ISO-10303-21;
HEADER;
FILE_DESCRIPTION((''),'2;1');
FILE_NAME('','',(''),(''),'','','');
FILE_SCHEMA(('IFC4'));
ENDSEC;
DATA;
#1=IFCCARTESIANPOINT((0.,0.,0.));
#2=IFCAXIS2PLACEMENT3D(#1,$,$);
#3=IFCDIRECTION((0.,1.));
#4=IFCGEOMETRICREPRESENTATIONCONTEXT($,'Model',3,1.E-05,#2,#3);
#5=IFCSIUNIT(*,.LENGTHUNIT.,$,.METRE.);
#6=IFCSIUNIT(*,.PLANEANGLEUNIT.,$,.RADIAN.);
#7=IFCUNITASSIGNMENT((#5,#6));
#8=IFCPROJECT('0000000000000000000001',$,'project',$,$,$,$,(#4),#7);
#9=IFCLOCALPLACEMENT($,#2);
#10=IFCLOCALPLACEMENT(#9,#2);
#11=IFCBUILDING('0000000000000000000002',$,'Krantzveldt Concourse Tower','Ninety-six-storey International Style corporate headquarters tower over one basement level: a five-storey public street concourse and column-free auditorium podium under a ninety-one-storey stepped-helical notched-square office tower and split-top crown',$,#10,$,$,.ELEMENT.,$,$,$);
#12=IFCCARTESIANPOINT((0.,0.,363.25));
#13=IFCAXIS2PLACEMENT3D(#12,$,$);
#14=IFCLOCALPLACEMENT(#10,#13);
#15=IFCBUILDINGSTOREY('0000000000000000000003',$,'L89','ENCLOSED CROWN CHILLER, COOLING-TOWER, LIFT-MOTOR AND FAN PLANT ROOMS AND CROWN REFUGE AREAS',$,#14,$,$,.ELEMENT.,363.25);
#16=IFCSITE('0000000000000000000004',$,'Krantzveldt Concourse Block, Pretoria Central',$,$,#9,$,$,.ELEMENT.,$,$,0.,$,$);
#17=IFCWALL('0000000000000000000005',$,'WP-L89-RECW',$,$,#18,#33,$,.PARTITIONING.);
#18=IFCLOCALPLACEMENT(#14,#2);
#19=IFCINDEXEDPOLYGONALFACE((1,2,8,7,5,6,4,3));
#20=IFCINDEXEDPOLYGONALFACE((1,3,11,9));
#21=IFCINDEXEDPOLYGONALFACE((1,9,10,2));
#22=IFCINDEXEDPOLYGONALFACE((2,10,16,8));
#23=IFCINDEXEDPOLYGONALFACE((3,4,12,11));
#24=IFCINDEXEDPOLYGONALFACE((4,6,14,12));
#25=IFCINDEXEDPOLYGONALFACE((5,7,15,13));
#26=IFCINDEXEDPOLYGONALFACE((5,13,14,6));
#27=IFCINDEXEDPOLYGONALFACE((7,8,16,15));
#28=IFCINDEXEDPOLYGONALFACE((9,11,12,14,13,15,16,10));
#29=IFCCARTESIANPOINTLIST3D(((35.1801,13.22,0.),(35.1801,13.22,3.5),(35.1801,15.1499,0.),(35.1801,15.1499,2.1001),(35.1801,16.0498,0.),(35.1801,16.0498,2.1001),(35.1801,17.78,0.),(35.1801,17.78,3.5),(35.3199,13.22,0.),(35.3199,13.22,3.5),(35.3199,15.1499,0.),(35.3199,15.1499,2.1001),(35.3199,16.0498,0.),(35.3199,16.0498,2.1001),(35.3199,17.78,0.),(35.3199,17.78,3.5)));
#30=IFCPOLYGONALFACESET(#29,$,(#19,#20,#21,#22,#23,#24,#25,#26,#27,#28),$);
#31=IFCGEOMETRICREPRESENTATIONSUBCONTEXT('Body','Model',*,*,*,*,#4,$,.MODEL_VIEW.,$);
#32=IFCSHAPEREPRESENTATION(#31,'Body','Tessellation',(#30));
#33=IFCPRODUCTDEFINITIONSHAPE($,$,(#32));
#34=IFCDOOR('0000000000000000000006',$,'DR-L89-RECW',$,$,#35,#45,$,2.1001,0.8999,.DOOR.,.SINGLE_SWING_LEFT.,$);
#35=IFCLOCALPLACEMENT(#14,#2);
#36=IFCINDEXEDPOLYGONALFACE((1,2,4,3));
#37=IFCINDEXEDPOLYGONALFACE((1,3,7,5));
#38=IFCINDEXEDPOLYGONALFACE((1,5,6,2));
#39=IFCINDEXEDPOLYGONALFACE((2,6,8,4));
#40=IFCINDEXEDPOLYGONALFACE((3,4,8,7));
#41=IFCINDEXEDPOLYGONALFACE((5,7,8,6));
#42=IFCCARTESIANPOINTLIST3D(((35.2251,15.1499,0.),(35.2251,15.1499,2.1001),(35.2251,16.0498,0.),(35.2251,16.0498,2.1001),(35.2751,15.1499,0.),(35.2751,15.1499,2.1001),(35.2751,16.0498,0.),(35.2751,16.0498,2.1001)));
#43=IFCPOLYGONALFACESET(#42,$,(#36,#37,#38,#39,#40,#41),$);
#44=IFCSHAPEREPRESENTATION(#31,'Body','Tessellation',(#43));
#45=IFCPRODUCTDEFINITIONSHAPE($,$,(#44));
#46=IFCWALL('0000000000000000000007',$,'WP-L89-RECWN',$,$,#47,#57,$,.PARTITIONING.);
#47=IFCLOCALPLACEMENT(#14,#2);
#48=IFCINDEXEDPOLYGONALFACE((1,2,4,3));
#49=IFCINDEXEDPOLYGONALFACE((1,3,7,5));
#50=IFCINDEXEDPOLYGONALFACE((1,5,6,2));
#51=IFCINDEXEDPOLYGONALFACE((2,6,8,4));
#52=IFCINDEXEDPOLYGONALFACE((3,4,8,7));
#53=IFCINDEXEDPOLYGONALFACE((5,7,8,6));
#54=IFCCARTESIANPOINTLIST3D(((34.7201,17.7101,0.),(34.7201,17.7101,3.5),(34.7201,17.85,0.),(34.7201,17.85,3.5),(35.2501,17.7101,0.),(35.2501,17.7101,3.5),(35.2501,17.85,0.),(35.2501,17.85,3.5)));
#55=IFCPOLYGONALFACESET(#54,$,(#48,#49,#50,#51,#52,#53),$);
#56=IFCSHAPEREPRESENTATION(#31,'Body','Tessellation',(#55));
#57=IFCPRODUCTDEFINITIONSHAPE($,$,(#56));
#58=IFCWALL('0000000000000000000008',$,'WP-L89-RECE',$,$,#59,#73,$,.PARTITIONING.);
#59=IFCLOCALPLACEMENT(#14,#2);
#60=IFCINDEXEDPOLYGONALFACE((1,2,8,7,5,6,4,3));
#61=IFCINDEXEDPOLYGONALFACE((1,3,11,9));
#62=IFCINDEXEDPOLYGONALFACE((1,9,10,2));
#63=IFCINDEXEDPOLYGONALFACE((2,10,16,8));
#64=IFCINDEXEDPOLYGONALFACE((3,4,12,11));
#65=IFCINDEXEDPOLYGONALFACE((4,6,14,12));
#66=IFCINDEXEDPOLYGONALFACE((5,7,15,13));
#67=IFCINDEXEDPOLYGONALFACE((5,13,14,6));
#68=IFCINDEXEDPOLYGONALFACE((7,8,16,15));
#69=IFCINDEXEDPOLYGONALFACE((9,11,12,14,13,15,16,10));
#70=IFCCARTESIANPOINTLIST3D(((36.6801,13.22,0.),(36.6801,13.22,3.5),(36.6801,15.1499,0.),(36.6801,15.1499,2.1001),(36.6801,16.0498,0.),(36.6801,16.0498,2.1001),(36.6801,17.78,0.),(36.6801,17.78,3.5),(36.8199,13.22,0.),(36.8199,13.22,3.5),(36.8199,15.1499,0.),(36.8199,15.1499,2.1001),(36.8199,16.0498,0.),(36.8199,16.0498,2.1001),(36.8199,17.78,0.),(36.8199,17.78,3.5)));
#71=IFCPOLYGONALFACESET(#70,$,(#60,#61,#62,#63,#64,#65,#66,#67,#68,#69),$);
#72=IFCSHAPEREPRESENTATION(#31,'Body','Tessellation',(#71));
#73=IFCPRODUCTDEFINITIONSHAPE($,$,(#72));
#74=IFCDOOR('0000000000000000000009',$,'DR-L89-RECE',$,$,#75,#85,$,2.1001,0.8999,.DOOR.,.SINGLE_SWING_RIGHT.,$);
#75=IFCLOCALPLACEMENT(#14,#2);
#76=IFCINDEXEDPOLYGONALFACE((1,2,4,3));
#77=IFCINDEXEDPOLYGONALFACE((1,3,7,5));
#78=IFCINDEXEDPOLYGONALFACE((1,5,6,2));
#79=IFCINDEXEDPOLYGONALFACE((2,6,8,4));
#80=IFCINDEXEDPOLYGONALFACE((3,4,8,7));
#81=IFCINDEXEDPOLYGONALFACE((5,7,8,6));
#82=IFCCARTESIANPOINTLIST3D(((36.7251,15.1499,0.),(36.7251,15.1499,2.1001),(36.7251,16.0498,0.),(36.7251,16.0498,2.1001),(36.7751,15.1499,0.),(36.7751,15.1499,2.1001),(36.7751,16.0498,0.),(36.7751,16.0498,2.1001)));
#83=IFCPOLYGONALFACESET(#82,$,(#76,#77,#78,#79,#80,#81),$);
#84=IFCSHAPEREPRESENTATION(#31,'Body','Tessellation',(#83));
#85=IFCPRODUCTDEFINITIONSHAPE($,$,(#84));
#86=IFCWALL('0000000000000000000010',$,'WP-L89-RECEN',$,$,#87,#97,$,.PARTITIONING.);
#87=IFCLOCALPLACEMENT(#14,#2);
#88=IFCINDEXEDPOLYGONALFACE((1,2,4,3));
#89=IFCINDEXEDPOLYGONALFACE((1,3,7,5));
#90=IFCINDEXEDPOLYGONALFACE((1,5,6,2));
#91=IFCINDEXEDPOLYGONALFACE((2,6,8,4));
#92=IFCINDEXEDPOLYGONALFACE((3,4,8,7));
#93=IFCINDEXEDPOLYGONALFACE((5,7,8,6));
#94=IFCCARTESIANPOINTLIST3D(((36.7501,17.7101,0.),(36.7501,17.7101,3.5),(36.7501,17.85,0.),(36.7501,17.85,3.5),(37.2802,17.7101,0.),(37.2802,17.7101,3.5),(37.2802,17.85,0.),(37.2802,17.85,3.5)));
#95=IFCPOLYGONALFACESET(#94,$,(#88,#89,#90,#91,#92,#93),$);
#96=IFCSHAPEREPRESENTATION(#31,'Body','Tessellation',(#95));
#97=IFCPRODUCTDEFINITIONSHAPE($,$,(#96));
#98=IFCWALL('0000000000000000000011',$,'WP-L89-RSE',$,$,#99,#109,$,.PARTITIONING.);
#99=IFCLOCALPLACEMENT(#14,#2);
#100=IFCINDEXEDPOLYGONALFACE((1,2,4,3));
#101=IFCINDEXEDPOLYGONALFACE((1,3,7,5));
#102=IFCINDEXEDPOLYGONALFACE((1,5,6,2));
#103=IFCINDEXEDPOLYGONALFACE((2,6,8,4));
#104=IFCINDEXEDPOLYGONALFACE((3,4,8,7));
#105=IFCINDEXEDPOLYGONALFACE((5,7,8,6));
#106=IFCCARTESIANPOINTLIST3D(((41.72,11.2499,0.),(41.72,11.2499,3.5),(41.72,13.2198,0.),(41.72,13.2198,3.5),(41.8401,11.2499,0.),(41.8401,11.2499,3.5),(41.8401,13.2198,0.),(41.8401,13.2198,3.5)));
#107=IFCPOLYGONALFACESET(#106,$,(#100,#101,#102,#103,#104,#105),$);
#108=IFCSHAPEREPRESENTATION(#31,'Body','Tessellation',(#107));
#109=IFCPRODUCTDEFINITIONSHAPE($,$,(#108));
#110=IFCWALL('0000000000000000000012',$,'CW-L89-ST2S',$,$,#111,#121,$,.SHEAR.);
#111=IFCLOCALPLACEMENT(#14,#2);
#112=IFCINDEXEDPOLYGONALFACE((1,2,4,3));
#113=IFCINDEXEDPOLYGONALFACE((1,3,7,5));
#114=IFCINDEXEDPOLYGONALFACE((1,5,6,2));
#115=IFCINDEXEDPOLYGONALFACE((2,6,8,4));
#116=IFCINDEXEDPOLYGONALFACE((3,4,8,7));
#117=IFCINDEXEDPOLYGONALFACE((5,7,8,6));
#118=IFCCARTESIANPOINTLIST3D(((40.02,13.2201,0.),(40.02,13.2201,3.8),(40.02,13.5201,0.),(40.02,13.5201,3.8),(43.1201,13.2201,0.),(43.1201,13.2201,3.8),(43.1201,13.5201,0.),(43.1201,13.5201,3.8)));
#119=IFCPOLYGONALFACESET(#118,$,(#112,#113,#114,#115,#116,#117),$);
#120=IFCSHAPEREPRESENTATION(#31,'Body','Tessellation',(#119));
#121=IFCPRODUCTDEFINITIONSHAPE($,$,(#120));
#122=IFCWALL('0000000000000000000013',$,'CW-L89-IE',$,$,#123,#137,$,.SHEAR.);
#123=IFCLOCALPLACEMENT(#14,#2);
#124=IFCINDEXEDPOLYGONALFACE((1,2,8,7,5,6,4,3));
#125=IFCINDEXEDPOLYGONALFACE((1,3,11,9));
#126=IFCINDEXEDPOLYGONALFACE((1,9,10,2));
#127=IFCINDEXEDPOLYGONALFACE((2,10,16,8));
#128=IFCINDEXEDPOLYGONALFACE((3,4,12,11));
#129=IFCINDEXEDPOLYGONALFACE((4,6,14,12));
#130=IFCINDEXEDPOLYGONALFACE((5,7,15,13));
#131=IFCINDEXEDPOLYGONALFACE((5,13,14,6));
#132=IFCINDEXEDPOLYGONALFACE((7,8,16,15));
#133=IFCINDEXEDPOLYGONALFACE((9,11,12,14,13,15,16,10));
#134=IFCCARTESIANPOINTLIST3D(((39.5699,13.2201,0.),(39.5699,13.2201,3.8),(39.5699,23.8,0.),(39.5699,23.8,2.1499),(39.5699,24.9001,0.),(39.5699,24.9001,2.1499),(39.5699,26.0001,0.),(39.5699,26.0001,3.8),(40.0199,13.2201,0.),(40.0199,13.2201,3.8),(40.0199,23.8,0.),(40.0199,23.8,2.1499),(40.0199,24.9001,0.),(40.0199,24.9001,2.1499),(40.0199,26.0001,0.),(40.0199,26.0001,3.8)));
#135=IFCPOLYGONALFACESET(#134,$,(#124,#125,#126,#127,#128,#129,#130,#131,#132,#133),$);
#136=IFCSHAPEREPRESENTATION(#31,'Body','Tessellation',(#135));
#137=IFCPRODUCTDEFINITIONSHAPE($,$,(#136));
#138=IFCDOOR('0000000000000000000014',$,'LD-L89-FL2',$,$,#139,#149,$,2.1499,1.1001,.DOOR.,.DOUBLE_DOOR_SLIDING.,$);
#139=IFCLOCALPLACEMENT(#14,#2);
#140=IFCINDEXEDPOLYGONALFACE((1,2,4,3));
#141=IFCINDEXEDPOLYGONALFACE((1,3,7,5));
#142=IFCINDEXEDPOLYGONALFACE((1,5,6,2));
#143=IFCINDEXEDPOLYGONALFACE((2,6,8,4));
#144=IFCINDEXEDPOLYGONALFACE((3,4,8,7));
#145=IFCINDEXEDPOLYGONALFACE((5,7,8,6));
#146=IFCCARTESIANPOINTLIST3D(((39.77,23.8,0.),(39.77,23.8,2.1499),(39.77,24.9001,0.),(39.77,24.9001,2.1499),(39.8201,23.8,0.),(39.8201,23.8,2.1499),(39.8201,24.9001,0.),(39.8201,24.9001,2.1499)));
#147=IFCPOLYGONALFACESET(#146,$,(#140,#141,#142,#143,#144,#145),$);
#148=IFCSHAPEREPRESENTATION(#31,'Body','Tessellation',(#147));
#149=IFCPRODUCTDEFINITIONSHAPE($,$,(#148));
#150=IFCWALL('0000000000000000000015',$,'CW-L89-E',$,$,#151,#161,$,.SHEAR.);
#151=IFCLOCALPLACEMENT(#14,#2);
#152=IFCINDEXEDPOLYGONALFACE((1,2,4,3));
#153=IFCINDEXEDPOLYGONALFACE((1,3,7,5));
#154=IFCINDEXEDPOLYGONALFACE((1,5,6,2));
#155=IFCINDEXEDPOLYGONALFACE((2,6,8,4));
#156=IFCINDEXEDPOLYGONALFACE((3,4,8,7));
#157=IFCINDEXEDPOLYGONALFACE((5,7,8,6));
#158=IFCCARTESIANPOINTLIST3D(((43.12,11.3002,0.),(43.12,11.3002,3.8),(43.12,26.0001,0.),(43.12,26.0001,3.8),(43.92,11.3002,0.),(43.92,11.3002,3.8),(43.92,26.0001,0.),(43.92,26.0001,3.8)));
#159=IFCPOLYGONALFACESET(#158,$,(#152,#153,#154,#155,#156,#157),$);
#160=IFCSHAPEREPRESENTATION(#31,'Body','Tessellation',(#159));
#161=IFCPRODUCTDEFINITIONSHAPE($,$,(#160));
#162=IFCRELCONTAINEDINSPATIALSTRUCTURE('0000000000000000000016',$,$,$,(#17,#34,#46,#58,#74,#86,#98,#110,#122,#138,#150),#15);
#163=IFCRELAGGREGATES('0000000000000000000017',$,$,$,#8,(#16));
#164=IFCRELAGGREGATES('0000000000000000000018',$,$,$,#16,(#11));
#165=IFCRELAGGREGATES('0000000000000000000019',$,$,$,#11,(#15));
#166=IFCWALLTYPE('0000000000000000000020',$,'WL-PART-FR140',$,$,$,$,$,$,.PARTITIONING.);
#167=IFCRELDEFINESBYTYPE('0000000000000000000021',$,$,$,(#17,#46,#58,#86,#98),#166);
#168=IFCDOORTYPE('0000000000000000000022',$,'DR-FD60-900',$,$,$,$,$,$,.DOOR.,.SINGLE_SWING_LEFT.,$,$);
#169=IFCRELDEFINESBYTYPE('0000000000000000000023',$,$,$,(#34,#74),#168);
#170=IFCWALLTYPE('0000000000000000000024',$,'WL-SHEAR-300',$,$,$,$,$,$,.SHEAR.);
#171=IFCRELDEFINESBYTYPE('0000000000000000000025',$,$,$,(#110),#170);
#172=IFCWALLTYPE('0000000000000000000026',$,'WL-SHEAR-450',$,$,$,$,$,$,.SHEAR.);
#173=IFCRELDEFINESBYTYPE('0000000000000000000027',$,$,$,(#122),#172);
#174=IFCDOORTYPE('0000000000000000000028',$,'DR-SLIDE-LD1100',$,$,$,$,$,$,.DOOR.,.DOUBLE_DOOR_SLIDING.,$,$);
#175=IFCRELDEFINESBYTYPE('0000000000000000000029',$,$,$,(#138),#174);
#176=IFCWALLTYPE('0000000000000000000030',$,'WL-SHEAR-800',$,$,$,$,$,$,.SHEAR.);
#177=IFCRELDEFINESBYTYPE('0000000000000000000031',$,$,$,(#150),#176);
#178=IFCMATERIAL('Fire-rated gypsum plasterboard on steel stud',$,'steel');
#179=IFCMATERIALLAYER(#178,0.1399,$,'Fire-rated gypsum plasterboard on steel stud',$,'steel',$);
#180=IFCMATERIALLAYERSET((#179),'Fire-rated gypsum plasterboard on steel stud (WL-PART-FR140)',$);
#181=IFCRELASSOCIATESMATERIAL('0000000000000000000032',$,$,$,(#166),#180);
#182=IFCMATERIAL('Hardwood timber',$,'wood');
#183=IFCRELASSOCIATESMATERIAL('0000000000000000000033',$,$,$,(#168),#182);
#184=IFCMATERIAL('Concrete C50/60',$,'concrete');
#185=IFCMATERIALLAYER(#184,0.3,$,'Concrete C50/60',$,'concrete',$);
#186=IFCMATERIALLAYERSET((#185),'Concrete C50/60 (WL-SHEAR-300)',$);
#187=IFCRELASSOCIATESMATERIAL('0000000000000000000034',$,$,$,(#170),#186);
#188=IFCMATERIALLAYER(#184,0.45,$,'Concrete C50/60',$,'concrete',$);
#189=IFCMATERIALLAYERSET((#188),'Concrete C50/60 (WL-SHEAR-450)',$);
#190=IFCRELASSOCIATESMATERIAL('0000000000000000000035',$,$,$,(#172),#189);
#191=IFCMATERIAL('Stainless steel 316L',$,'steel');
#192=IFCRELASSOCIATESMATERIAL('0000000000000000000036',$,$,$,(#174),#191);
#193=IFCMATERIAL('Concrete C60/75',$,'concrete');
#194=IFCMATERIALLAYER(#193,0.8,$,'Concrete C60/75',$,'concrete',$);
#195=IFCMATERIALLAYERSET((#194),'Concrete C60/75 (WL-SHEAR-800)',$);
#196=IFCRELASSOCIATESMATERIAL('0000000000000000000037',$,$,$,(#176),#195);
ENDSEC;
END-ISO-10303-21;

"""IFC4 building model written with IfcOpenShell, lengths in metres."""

from ifc_helpers import new_model, si_unit, direction, frame, frame_2d, origin, place, context, subcontext, project, spatial, rectangle, extrude, material, layer, layer_set, type_object, element, fill, save


model = new_model("IFC4")

# Units and contexts
model_context = context("Model", 3, precision=1e-05, world=origin(), true_north=direction((0.0, 1.0)))
body_context = subcontext(model_context, "Body", "Model", "MODEL_VIEW")
ifc_project = project(units=[si_unit("LENGTHUNIT", "METRE"), si_unit("PLANEANGLEUNIT", "RADIAN")], contexts=[model_context])

# Site, building, storey
site_placement = place(None, origin())
site = spatial("IfcSite", under=ifc_project, at=site_placement, Name="Krantzveldt Concourse Block, Pretoria Central", CompositionType="ELEMENT", RefElevation=0.0)
building_placement = place(site_placement, origin())
building = spatial("IfcBuilding", under=site, at=building_placement, Name="Krantzveldt Concourse Tower", Description="Ninety-six-storey International Style corporate headquarters tower over one basement level: a five-storey public street concourse and column-free auditorium podium under a ninety-one-storey stepped-helical notched-square office tower and split-top crown", CompositionType="ELEMENT")
storey_placement = place(building_placement, frame((0.0, 0.0, 363.25)))
storey = spatial("IfcBuildingStorey", under=building, at=storey_placement, Name="L89", Description="ENCLOSED CROWN CHILLER, COOLING-TOWER, LIFT-MOTOR AND FAN PLANT ROOMS AND CROWN REFUGE AREAS", CompositionType="ELEMENT", Elevation=363.25)

# Shared definitions
ifc_material_1 = material(Name="Fire-rated gypsum plasterboard on steel stud", Category="steel")
ifc_material_2 = material(Name="Hardwood timber", Category="wood")

# Shared definitions
ifc_layer_1 = layer(ifc_material_1, 0.1399, Name="Fire-rated gypsum plasterboard on steel stud", Category="steel")
ifc_layer_set_1 = layer_set([ifc_layer_1], Name="Fire-rated gypsum plasterboard on steel stud (WL-PART-FR140)")
wall_type_1 = type_object("IfcWallType", Name="WL-PART-FR140", PredefinedType="PARTITIONING", material=ifc_layer_set_1)

# Wall, opening, door
wall_1_placement = place(storey_placement, frame((35.25, 13.22, 0.0), z_axis=(0.0, 0.0, 1.0), x_axis=(0.0, 1.0, 0.0)))
wall_1 = element("IfcWall", 1, at=wall_1_placement, inside=storey, type_object=wall_type_1, Name="WP-L89-RECW", PredefinedType="PARTITIONING", context=body_context, shape_type="SweptSolid", body=[
    extrude(rectangle(XDim=4.5601, YDim=0.1399, at=frame_2d((2.28, 0.0))), origin(), (0.0, 0.0, 1.0), 3.5),
])
opening_1_placement = place(wall_1_placement, frame((1.9299, 0.0, 0.0)))
opening_1 = element("IfcOpeningElement", 2, at=opening_1_placement, cuts=wall_1, PredefinedType="OPENING", context=body_context, shape_type="SweptSolid", body=[
    extrude(rectangle(XDim=0.8999, YDim=2.1001, at=frame_2d((0.45, 1.05))), frame((0.0, 0.0801, 0.0), z_axis=(0.0, -1.0, 0.0), x_axis=(1.0, 0.0, 0.0)), (0.0, 0.0, 1.0), 0.1599),
])
door_type_1 = type_object("IfcDoorType", Name="DR-FD60-900", OperationType="SINGLE_SWING_LEFT", PredefinedType="DOOR", material=ifc_material_2)
door_1_placement = place(opening_1_placement, origin())
door_1 = element("IfcDoor", 3, at=door_1_placement, inside=storey, type_object=door_type_1, Name="DR-L89-RECW", OperationType="SINGLE_SWING_LEFT", OverallHeight=2.1001, OverallWidth=0.8999, PredefinedType="DOOR", context=body_context, shape_type="SweptSolid", body=[
    extrude(rectangle(XDim=0.8999, YDim=2.1001, at=frame_2d((0.45, 1.05))), frame((0.0, 0.0249, 0.0), z_axis=(0.0, -1.0, 0.0), x_axis=(1.0, 0.0, 0.0)), (0.0, 0.0, 1.0), 0.05),
])
fill(opening_1, door_1)

# Wall
wall_2_placement = place(storey_placement, frame((34.72, 17.78, 0.0), z_axis=(0.0, 0.0, 1.0), x_axis=(1.0, 0.0, 0.0)))
element("IfcWall", 4, at=wall_2_placement, inside=storey, type_object=wall_type_1, Name="WP-L89-RECWN", PredefinedType="PARTITIONING", context=body_context, shape_type="SweptSolid", body=[
    extrude(rectangle(XDim=0.53, YDim=0.1399, at=frame_2d((0.2651, 0.0))), origin(), (0.0, 0.0, 1.0), 3.5),
])

# Wall, opening, door
wall_3_placement = place(storey_placement, frame((36.75, 13.22, 0.0), z_axis=(0.0, 0.0, 1.0), x_axis=(0.0, 1.0, 0.0)))
wall_3 = element("IfcWall", 5, at=wall_3_placement, inside=storey, type_object=wall_type_1, Name="WP-L89-RECE", PredefinedType="PARTITIONING", context=body_context, shape_type="SweptSolid", body=[
    extrude(rectangle(XDim=4.5601, YDim=0.1399, at=frame_2d((2.28, 0.0))), origin(), (0.0, 0.0, 1.0), 3.5),
])
opening_2_placement = place(wall_3_placement, frame((1.9299, 0.0, 0.0)))
opening_2 = element("IfcOpeningElement", 6, at=opening_2_placement, cuts=wall_3, PredefinedType="OPENING", context=body_context, shape_type="SweptSolid", body=[
    extrude(rectangle(XDim=0.8999, YDim=2.1001, at=frame_2d((0.45, 1.05))), frame((0.0, 0.0801, 0.0), z_axis=(0.0, -1.0, 0.0), x_axis=(1.0, 0.0, 0.0)), (0.0, 0.0, 1.0), 0.1599),
])
door_2_placement = place(opening_2_placement, origin())
door_2 = element("IfcDoor", 7, at=door_2_placement, inside=storey, type_object=door_type_1, Name="DR-L89-RECE", OperationType="SINGLE_SWING_RIGHT", OverallHeight=2.1001, OverallWidth=0.8999, PredefinedType="DOOR", context=body_context, shape_type="SweptSolid", body=[
    extrude(rectangle(XDim=0.8999, YDim=2.1001, at=frame_2d((0.45, 1.05))), frame((0.0, 0.0249, 0.0), z_axis=(0.0, -1.0, 0.0), x_axis=(1.0, 0.0, 0.0)), (0.0, 0.0, 1.0), 0.05),
])
fill(opening_2, door_2)

# Walls
wall_4_placement = place(storey_placement, frame((36.75, 17.78, 0.0), z_axis=(0.0, 0.0, 1.0), x_axis=(1.0, 0.0, 0.0)))
element("IfcWall", 8, at=wall_4_placement, inside=storey, type_object=wall_type_1, Name="WP-L89-RECEN", PredefinedType="PARTITIONING", context=body_context, shape_type="SweptSolid", body=[
    extrude(rectangle(XDim=0.53, YDim=0.1399, at=frame_2d((0.2651, 0.0))), origin(), (0.0, 0.0, 1.0), 3.5),
])
wall_5_placement = place(storey_placement, frame((41.78, 11.25, 0.0), z_axis=(0.0, 0.0, 1.0), x_axis=(0.0, 1.0, 0.0)))
element("IfcWall", 9, at=wall_5_placement, inside=storey, type_object=wall_type_1, Name="WP-L89-RSE", PredefinedType="PARTITIONING", context=body_context, shape_type="SweptSolid", body=[
    extrude(rectangle(XDim=1.97, YDim=0.1201, at=frame_2d((0.9849, 0.0))), origin(), (0.0, 0.0, 1.0), 3.5),
])
ifc_material_3 = material(Name="Concrete C50/60", Category="concrete")
ifc_layer_2 = layer(ifc_material_3, 0.3, Name="Concrete C50/60", Category="concrete")
ifc_layer_set_2 = layer_set([ifc_layer_2], Name="Concrete C50/60 (WL-SHEAR-300)")
wall_type_2 = type_object("IfcWallType", Name="WL-SHEAR-300", PredefinedType="SHEAR", material=ifc_layer_set_2)
wall_6_placement = place(storey_placement, frame((40.02, 13.3701, 0.0), z_axis=(0.0, 0.0, 1.0), x_axis=(1.0, 0.0, 0.0)))
element("IfcWall", 10, at=wall_6_placement, inside=storey, type_object=wall_type_2, Name="CW-L89-ST2S", PredefinedType="SHEAR", context=body_context, shape_type="SweptSolid", body=[
    extrude(rectangle(XDim=3.1001, YDim=0.3, at=frame_2d((1.55, 0.0))), origin(), (0.0, 0.0, 1.0), 3.8),
])

# Wall, opening, door
ifc_layer_3 = layer(ifc_material_3, 0.45, Name="Concrete C50/60", Category="concrete")
ifc_layer_set_3 = layer_set([ifc_layer_3], Name="Concrete C50/60 (WL-SHEAR-450)")
wall_type_3 = type_object("IfcWallType", Name="WL-SHEAR-450", PredefinedType="SHEAR", material=ifc_layer_set_3)
wall_7_placement = place(storey_placement, frame((39.7949, 13.22, 0.0), z_axis=(0.0, 0.0, 1.0), x_axis=(0.0, 1.0, 0.0)))
wall_7 = element("IfcWall", 11, at=wall_7_placement, inside=storey, type_object=wall_type_3, Name="CW-L89-IE", PredefinedType="SHEAR", context=body_context, shape_type="SweptSolid", body=[
    extrude(rectangle(XDim=12.78, YDim=0.45, at=frame_2d((6.3901, 0.0))), origin(), (0.0, 0.0, 1.0), 3.8),
])
opening_3_placement = place(wall_7_placement, frame((10.5801, 0.0, 0.0)))
opening_3 = element("IfcOpeningElement", 12, at=opening_3_placement, cuts=wall_7, PredefinedType="OPENING", context=body_context, shape_type="SweptSolid", body=[
    extrude(rectangle(XDim=1.1001, YDim=2.1499, at=frame_2d((0.55, 1.075))), frame((0.0, 0.2349, 0.0), z_axis=(0.0, -1.0, 0.0), x_axis=(1.0, 0.0, 0.0)), (0.0, 0.0, 1.0), 0.47),
])
ifc_material_4 = material(Name="Stainless steel 316L", Category="steel")
door_type_2 = type_object("IfcDoorType", Name="DR-SLIDE-LD1100", OperationType="DOUBLE_DOOR_SLIDING", PredefinedType="DOOR", material=ifc_material_4)
door_3_placement = place(opening_3_placement, origin())
door_3 = element("IfcDoor", 13, at=door_3_placement, inside=storey, type_object=door_type_2, Name="LD-L89-FL2", OperationType="DOUBLE_DOOR_SLIDING", OverallHeight=2.1499, OverallWidth=1.1001, PredefinedType="DOOR", context=body_context, shape_type="SweptSolid", body=[
    extrude(rectangle(XDim=1.1001, YDim=2.1499, at=frame_2d((0.55, 1.075))), frame((0.0, 0.0249, 0.0), z_axis=(0.0, -1.0, 0.0), x_axis=(1.0, 0.0, 0.0)), (0.0, 0.0, 1.0), 0.05),
])
fill(opening_3, door_3)

# Wall
ifc_material_5 = material(Name="Concrete C60/75", Category="concrete")
ifc_layer_4 = layer(ifc_material_5, 0.8, Name="Concrete C60/75", Category="concrete")
ifc_layer_set_4 = layer_set([ifc_layer_4], Name="Concrete C60/75 (WL-SHEAR-800)")
wall_type_4 = type_object("IfcWallType", Name="WL-SHEAR-800", PredefinedType="SHEAR", material=ifc_layer_set_4)
wall_8_placement = place(storey_placement, frame((43.52, 11.3, 0.0), z_axis=(0.0, 0.0, 1.0), x_axis=(0.0, 1.0, 0.0)))
element("IfcWall", 14, at=wall_8_placement, inside=storey, type_object=wall_type_4, Name="CW-L89-E", PredefinedType="SHEAR", context=body_context, shape_type="SweptSolid", body=[
    extrude(rectangle(XDim=14.7, YDim=0.8, at=frame_2d((7.3501, 0.0))), origin(), (0.0, 0.0, 1.0), 3.8),
])

save(model, "model.ifc")
